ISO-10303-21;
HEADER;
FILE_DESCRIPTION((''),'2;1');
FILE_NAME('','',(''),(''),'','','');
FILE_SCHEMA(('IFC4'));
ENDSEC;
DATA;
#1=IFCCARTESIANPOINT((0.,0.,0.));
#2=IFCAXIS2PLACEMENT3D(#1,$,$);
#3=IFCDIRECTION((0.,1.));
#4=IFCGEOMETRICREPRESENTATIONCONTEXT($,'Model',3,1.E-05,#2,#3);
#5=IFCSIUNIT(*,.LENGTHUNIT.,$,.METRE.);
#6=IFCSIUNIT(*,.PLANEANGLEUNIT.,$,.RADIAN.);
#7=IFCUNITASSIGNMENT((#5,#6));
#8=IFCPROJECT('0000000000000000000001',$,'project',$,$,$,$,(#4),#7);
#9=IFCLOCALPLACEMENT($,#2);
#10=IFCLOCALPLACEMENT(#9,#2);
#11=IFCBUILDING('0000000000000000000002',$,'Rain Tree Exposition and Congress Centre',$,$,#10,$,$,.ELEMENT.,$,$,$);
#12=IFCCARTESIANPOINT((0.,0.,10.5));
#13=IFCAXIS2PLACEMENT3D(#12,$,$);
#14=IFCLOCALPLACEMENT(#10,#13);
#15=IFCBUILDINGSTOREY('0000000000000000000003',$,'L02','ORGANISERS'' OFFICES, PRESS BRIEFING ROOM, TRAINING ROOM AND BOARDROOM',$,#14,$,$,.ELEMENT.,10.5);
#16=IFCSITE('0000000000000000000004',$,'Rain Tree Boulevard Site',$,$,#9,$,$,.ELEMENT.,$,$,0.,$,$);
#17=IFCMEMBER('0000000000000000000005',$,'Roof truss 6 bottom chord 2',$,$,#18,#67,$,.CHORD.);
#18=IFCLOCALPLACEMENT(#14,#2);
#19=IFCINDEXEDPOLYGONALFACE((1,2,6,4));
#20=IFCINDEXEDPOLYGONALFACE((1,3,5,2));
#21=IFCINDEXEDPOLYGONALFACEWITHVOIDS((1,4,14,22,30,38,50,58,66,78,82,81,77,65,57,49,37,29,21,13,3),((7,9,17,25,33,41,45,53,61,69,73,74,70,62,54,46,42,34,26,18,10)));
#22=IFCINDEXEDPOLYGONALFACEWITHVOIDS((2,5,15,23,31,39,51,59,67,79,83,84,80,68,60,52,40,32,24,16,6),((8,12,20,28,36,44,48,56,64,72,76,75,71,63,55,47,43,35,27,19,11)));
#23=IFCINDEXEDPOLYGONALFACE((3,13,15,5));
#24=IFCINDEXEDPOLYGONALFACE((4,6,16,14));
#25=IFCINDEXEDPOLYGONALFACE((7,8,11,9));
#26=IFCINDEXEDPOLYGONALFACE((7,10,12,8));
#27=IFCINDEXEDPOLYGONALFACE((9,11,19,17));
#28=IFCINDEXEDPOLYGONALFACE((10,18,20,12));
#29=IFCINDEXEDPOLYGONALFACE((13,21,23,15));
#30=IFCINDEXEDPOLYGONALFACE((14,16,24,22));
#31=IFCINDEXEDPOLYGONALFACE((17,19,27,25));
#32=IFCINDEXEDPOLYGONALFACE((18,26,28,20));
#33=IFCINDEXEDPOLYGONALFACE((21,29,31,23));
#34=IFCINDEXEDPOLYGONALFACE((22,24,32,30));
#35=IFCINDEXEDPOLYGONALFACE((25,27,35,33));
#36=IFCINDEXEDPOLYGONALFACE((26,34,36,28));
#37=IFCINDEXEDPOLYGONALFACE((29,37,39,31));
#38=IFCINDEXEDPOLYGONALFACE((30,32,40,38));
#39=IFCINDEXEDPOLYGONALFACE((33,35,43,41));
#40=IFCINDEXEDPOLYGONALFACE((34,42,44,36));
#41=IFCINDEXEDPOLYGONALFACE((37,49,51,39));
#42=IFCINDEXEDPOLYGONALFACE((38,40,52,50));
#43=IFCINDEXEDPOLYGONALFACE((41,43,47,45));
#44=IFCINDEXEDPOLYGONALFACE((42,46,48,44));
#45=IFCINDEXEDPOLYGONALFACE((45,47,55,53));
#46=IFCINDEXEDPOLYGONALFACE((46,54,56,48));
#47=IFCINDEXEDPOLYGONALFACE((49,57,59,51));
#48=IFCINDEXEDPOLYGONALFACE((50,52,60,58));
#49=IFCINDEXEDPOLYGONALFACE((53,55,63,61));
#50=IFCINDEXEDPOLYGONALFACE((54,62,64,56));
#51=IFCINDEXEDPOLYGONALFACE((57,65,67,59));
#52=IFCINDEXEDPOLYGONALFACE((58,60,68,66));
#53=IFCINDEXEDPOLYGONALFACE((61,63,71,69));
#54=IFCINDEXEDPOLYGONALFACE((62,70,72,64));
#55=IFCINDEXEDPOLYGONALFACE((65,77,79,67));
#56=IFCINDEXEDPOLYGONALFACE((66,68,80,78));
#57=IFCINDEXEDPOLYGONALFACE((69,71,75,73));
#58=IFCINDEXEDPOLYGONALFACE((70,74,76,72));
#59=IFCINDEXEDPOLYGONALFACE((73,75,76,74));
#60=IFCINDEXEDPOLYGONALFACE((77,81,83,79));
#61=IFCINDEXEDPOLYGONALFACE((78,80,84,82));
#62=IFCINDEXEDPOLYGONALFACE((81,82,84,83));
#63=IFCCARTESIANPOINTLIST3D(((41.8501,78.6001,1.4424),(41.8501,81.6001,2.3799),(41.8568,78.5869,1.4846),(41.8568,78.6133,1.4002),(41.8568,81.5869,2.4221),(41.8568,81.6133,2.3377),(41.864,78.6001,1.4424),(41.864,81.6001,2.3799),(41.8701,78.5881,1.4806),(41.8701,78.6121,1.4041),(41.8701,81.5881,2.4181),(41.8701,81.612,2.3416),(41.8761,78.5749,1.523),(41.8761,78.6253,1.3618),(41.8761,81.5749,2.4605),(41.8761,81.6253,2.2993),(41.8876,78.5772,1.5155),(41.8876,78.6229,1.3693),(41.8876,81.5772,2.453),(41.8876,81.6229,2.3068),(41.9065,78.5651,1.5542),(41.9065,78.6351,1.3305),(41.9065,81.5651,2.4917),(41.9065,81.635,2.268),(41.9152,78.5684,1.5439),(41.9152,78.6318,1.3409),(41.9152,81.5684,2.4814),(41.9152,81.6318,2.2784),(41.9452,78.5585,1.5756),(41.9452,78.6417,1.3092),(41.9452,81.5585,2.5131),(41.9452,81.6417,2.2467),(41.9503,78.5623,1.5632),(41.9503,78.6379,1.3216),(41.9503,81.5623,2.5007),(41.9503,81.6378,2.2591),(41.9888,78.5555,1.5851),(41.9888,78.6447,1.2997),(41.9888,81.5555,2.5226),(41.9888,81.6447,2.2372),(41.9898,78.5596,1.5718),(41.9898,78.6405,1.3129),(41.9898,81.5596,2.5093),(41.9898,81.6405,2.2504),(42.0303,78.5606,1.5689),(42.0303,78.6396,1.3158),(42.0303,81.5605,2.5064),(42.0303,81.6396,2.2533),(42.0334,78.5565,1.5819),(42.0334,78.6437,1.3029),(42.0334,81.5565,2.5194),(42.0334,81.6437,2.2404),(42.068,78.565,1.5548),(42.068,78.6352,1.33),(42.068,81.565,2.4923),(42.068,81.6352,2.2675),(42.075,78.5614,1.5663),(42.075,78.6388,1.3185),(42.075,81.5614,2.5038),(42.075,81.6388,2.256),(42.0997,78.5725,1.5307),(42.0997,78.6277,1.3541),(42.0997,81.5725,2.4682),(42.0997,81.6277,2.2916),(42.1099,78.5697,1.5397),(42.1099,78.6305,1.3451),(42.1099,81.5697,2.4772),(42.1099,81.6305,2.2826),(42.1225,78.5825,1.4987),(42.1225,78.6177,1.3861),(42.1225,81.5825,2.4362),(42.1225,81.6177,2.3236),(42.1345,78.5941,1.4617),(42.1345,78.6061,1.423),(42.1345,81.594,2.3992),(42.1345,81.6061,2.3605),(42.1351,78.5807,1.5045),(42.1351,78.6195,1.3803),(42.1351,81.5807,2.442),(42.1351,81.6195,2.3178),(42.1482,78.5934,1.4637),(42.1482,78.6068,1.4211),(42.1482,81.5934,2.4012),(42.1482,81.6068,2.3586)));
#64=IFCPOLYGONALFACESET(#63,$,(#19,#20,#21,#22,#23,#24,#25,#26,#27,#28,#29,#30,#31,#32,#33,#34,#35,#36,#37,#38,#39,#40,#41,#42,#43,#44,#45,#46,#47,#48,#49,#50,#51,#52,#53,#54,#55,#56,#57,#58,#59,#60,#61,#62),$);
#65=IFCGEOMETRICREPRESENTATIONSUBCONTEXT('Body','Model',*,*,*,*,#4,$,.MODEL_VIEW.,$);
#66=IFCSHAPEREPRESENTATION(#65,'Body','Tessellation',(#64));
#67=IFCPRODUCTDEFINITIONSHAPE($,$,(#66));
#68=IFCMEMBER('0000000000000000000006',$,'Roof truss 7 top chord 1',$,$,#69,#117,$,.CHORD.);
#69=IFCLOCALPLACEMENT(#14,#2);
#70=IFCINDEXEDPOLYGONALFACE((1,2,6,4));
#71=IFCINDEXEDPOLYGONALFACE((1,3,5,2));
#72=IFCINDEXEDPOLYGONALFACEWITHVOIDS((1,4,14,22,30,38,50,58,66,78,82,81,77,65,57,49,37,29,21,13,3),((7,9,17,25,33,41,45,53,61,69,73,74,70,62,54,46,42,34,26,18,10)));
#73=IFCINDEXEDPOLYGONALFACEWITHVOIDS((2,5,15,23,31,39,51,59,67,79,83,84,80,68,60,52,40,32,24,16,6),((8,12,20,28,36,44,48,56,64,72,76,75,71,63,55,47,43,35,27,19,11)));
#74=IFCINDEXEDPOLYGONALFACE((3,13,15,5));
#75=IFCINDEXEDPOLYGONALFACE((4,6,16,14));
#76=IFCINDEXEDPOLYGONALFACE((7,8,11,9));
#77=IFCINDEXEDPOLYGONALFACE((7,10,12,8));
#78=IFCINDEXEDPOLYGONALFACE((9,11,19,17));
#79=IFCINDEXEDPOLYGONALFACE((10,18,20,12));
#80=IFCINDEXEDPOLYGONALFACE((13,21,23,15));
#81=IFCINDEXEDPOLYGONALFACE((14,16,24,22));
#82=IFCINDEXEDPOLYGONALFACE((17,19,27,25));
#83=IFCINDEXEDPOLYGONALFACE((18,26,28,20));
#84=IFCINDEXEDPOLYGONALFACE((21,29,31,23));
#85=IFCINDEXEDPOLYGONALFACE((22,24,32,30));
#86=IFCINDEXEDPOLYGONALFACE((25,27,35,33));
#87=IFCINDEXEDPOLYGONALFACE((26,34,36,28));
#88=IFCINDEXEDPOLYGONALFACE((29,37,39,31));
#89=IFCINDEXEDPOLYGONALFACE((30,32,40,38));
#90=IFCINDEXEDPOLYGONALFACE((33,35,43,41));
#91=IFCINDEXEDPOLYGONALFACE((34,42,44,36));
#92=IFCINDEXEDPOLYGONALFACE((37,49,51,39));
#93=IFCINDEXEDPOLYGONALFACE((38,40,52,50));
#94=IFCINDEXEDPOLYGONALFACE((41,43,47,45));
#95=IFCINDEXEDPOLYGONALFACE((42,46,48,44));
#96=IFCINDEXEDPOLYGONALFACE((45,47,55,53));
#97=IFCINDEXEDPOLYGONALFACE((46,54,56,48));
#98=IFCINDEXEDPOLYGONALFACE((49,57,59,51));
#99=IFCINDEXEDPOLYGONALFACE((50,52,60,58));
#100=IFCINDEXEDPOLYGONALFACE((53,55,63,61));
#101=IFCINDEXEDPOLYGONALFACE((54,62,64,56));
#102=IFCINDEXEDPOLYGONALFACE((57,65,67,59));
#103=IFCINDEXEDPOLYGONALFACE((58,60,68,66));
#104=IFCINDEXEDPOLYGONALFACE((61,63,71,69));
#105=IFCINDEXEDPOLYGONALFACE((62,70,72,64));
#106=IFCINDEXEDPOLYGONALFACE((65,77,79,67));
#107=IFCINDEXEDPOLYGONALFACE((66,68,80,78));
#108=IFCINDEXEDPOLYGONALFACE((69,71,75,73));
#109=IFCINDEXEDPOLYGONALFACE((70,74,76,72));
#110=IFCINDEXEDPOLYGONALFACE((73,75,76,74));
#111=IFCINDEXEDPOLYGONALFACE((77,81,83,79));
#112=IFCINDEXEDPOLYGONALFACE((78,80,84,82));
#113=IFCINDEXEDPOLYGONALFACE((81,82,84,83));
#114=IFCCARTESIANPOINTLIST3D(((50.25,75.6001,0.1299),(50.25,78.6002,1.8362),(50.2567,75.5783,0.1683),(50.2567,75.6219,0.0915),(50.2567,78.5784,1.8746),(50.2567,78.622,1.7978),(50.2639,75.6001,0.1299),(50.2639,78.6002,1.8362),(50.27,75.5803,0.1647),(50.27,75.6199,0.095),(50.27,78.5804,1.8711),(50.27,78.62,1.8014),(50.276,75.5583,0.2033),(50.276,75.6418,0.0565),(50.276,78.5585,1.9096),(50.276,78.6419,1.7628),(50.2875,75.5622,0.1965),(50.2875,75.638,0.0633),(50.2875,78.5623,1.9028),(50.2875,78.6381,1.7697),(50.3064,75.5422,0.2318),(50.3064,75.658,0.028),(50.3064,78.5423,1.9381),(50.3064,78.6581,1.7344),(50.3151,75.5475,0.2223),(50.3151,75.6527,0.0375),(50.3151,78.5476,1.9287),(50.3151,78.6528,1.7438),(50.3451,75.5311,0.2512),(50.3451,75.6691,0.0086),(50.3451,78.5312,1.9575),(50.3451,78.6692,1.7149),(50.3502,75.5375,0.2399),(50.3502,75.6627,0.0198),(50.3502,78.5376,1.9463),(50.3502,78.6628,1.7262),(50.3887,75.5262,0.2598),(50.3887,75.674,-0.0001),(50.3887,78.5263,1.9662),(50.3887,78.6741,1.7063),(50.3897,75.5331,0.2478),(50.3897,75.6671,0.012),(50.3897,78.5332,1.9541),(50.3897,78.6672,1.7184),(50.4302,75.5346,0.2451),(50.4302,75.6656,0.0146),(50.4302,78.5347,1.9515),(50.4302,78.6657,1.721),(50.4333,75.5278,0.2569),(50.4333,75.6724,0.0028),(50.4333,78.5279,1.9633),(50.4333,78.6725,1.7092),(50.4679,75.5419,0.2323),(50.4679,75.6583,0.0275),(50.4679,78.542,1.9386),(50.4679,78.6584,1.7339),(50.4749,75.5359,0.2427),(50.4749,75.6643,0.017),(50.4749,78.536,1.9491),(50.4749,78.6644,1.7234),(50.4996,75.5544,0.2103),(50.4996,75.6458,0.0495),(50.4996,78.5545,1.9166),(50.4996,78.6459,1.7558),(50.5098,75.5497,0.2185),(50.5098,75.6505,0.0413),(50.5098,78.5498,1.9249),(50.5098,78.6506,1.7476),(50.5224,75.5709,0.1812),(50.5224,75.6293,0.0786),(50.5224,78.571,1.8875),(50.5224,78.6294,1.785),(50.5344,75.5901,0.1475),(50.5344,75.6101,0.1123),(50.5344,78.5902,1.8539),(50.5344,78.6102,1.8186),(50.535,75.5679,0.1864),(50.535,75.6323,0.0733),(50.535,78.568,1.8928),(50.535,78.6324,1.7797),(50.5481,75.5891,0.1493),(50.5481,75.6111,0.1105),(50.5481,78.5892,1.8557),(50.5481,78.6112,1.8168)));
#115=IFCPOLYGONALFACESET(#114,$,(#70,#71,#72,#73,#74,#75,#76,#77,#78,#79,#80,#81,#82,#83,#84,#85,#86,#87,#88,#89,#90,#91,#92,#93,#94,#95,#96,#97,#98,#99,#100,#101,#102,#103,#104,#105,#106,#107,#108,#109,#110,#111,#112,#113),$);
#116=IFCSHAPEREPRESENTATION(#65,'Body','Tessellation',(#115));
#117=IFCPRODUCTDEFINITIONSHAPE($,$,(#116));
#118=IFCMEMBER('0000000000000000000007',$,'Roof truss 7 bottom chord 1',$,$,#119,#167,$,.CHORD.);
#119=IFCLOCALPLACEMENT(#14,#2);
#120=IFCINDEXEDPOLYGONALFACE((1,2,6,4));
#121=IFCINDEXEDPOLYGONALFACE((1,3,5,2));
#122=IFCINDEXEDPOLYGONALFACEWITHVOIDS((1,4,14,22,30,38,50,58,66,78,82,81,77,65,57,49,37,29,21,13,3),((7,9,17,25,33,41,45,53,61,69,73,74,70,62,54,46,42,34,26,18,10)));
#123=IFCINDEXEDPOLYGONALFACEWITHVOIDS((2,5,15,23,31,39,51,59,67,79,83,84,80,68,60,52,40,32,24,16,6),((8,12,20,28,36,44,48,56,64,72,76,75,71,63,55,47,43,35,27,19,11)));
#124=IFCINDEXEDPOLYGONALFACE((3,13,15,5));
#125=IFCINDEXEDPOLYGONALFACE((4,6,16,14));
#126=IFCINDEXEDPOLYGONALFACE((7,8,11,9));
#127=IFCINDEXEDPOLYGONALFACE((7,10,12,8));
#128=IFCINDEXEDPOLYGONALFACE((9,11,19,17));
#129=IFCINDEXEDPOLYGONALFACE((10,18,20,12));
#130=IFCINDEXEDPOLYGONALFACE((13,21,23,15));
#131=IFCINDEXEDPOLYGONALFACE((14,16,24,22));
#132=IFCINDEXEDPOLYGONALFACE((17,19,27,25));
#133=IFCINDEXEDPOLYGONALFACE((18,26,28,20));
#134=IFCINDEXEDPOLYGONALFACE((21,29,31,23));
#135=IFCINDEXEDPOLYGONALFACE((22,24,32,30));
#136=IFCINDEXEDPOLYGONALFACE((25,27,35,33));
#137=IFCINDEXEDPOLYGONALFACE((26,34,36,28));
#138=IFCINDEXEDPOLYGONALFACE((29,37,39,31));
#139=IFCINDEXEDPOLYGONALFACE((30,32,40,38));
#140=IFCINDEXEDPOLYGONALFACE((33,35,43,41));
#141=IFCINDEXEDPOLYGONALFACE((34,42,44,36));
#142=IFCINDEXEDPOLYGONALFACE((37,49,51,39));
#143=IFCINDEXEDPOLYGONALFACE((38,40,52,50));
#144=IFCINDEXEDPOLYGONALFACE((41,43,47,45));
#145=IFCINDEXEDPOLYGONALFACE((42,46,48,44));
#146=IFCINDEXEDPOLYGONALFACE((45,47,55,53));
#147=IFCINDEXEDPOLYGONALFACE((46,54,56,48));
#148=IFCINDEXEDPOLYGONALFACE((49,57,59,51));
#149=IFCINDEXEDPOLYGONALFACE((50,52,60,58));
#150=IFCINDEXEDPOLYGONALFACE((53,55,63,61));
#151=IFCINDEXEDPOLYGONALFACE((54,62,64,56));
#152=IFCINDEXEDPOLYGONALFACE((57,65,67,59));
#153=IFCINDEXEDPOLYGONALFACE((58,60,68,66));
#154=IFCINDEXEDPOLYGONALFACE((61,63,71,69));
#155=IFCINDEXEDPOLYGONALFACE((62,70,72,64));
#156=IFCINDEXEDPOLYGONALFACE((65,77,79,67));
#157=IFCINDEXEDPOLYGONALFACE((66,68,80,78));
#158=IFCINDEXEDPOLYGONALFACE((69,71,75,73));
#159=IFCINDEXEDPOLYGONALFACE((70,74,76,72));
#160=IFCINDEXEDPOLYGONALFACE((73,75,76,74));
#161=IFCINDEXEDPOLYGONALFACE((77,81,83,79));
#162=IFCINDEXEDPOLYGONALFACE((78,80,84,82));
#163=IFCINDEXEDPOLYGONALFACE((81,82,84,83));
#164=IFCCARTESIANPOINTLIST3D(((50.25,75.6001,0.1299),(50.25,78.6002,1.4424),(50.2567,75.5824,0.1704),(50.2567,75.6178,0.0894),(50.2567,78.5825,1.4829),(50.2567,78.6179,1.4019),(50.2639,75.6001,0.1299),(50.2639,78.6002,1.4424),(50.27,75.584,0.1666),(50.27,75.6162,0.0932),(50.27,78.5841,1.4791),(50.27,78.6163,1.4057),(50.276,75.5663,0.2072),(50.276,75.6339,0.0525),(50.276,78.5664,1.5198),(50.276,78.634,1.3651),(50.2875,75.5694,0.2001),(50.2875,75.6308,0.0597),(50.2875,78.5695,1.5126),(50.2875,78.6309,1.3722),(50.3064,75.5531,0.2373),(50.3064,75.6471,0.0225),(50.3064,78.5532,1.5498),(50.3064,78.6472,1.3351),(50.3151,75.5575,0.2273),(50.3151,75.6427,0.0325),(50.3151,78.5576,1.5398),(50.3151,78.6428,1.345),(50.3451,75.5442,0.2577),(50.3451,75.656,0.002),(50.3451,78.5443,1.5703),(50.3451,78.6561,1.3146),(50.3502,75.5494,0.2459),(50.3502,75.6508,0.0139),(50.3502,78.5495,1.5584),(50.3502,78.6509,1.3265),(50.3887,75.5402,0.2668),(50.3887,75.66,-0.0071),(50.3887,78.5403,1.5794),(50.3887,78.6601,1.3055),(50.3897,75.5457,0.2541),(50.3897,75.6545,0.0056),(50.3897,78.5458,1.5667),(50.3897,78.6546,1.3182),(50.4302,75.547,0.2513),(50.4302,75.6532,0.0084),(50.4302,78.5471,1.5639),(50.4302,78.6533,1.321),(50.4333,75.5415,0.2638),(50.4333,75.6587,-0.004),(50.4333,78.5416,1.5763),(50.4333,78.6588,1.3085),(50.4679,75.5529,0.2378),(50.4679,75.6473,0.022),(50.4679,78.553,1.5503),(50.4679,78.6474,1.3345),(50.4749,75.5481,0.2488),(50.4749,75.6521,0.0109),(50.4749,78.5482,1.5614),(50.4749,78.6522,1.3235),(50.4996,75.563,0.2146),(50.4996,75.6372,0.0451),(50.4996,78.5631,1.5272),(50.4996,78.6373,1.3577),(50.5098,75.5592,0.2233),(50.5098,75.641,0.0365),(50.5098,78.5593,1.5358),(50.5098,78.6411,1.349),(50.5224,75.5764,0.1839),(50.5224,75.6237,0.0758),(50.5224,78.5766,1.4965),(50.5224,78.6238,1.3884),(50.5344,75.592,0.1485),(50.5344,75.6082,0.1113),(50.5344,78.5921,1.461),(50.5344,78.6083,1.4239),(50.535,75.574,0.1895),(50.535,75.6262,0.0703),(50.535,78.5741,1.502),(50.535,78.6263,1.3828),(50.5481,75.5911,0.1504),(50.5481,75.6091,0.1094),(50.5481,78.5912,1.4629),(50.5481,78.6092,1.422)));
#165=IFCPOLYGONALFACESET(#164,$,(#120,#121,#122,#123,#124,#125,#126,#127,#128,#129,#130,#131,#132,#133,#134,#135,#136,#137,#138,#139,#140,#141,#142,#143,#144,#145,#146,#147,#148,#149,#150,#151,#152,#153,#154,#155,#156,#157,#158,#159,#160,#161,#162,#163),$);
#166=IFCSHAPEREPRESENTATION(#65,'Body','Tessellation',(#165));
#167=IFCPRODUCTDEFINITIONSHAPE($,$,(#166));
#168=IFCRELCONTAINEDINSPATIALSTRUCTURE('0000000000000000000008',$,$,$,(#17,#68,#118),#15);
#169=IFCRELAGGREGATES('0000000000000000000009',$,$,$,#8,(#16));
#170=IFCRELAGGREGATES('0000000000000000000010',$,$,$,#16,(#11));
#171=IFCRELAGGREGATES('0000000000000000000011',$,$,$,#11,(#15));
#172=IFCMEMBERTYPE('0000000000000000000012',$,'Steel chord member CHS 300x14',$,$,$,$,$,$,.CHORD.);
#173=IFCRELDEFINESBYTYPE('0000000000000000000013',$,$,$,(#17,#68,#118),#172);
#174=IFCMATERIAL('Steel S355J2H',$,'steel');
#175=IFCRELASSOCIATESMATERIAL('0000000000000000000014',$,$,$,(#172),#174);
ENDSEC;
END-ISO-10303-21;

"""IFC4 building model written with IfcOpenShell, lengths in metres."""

from ifc_helpers import new_model, si_unit, direction, frame, origin, origin_2d, place, context, subcontext, project, spatial, hollow_circle, extrude, material, material_profile, profile_set, type_object, element, save


model = new_model("IFC4")

# Units and contexts
model_context = context("Model", 3, precision=1e-05, world=origin(), true_north=direction((0.0, 1.0)))
body_context = subcontext(model_context, "Body", "Model", "MODEL_VIEW")
ifc_project = project(units=[si_unit("LENGTHUNIT", "METRE"), si_unit("PLANEANGLEUNIT", "RADIAN")], contexts=[model_context])

# Site, building, storey
site_placement = place(None, origin())
site = spatial("IfcSite", under=ifc_project, at=site_placement, Name="Rain Tree Boulevard Site", CompositionType="ELEMENT", RefElevation=0.0)
building_placement = place(site_placement, origin())
building = spatial("IfcBuilding", under=site, at=building_placement, Name="Rain Tree Exposition and Congress Centre", CompositionType="ELEMENT")
storey_placement = place(building_placement, frame((0.0, 0.0, 10.5)))
storey = spatial("IfcBuildingStorey", under=building, at=storey_placement, Name="L02", Description="ORGANISERS' OFFICES, PRESS BRIEFING ROOM, TRAINING ROOM AND BOARDROOM", CompositionType="ELEMENT", Elevation=10.5)

# Members
ifc_material_1 = material(Name="Steel S355J2H", Category="steel")
ifc_material_profile_1 = material_profile(ifc_material_1, hollow_circle(Radius=0.1499, WallThickness=0.0139, at=origin_2d()), Name="CHS 300x14")
ifc_profile_set_1 = profile_set([ifc_material_profile_1], Name="Steel S355J2H")
member_type_1 = type_object("IfcMemberType", Name="Steel chord member CHS 300x14", PredefinedType="CHORD", material=ifc_profile_set_1)
member_1_placement = place(storey_placement, frame((42.0, 78.6001, 1.4424), z_axis=(0.0, 0.95448, 0.298275), x_axis=(-1.0, 0.0, 0.0)))
element("IfcMember", 1, at=member_1_placement, inside=storey, type_object=member_type_1, Name="Roof truss 6 bottom chord 2", PredefinedType="CHORD", context=body_context, shape_type="SweptSolid", body=[
    extrude(hollow_circle(Radius=0.1499, WallThickness=0.0139, at=origin_2d()), origin(), (0.0, 0.0, 1.0), 3.1431),
])
member_2_placement = place(storey_placement, frame((50.3999, 75.6001, 0.1299), z_axis=(0.0, 0.869238, 0.494393), x_axis=(-1.0, 0.0, 0.0)))
element("IfcMember", 2, at=member_2_placement, inside=storey, type_object=member_type_1, Name="Roof truss 7 top chord 1", PredefinedType="CHORD", context=body_context, shape_type="SweptSolid", body=[
    extrude(hollow_circle(Radius=0.1499, WallThickness=0.0139, at=origin_2d()), origin(), (0.0, 0.0, 1.0), 3.4514),
])
member_3_placement = place(storey_placement, frame((50.3999, 75.6001, 0.1299), z_axis=(0.0, 0.916157, 0.400819), x_axis=(-1.0, 0.0, 0.0)))
element("IfcMember", 3, at=member_3_placement, inside=storey, type_object=member_type_1, Name="Roof truss 7 bottom chord 1", PredefinedType="CHORD", context=body_context, shape_type="SweptSolid", body=[
    extrude(hollow_circle(Radius=0.1499, WallThickness=0.0139, at=origin_2d()), origin(), (0.0, 0.0, 1.0), 3.2747),
])

save(model, "model.ifc")
